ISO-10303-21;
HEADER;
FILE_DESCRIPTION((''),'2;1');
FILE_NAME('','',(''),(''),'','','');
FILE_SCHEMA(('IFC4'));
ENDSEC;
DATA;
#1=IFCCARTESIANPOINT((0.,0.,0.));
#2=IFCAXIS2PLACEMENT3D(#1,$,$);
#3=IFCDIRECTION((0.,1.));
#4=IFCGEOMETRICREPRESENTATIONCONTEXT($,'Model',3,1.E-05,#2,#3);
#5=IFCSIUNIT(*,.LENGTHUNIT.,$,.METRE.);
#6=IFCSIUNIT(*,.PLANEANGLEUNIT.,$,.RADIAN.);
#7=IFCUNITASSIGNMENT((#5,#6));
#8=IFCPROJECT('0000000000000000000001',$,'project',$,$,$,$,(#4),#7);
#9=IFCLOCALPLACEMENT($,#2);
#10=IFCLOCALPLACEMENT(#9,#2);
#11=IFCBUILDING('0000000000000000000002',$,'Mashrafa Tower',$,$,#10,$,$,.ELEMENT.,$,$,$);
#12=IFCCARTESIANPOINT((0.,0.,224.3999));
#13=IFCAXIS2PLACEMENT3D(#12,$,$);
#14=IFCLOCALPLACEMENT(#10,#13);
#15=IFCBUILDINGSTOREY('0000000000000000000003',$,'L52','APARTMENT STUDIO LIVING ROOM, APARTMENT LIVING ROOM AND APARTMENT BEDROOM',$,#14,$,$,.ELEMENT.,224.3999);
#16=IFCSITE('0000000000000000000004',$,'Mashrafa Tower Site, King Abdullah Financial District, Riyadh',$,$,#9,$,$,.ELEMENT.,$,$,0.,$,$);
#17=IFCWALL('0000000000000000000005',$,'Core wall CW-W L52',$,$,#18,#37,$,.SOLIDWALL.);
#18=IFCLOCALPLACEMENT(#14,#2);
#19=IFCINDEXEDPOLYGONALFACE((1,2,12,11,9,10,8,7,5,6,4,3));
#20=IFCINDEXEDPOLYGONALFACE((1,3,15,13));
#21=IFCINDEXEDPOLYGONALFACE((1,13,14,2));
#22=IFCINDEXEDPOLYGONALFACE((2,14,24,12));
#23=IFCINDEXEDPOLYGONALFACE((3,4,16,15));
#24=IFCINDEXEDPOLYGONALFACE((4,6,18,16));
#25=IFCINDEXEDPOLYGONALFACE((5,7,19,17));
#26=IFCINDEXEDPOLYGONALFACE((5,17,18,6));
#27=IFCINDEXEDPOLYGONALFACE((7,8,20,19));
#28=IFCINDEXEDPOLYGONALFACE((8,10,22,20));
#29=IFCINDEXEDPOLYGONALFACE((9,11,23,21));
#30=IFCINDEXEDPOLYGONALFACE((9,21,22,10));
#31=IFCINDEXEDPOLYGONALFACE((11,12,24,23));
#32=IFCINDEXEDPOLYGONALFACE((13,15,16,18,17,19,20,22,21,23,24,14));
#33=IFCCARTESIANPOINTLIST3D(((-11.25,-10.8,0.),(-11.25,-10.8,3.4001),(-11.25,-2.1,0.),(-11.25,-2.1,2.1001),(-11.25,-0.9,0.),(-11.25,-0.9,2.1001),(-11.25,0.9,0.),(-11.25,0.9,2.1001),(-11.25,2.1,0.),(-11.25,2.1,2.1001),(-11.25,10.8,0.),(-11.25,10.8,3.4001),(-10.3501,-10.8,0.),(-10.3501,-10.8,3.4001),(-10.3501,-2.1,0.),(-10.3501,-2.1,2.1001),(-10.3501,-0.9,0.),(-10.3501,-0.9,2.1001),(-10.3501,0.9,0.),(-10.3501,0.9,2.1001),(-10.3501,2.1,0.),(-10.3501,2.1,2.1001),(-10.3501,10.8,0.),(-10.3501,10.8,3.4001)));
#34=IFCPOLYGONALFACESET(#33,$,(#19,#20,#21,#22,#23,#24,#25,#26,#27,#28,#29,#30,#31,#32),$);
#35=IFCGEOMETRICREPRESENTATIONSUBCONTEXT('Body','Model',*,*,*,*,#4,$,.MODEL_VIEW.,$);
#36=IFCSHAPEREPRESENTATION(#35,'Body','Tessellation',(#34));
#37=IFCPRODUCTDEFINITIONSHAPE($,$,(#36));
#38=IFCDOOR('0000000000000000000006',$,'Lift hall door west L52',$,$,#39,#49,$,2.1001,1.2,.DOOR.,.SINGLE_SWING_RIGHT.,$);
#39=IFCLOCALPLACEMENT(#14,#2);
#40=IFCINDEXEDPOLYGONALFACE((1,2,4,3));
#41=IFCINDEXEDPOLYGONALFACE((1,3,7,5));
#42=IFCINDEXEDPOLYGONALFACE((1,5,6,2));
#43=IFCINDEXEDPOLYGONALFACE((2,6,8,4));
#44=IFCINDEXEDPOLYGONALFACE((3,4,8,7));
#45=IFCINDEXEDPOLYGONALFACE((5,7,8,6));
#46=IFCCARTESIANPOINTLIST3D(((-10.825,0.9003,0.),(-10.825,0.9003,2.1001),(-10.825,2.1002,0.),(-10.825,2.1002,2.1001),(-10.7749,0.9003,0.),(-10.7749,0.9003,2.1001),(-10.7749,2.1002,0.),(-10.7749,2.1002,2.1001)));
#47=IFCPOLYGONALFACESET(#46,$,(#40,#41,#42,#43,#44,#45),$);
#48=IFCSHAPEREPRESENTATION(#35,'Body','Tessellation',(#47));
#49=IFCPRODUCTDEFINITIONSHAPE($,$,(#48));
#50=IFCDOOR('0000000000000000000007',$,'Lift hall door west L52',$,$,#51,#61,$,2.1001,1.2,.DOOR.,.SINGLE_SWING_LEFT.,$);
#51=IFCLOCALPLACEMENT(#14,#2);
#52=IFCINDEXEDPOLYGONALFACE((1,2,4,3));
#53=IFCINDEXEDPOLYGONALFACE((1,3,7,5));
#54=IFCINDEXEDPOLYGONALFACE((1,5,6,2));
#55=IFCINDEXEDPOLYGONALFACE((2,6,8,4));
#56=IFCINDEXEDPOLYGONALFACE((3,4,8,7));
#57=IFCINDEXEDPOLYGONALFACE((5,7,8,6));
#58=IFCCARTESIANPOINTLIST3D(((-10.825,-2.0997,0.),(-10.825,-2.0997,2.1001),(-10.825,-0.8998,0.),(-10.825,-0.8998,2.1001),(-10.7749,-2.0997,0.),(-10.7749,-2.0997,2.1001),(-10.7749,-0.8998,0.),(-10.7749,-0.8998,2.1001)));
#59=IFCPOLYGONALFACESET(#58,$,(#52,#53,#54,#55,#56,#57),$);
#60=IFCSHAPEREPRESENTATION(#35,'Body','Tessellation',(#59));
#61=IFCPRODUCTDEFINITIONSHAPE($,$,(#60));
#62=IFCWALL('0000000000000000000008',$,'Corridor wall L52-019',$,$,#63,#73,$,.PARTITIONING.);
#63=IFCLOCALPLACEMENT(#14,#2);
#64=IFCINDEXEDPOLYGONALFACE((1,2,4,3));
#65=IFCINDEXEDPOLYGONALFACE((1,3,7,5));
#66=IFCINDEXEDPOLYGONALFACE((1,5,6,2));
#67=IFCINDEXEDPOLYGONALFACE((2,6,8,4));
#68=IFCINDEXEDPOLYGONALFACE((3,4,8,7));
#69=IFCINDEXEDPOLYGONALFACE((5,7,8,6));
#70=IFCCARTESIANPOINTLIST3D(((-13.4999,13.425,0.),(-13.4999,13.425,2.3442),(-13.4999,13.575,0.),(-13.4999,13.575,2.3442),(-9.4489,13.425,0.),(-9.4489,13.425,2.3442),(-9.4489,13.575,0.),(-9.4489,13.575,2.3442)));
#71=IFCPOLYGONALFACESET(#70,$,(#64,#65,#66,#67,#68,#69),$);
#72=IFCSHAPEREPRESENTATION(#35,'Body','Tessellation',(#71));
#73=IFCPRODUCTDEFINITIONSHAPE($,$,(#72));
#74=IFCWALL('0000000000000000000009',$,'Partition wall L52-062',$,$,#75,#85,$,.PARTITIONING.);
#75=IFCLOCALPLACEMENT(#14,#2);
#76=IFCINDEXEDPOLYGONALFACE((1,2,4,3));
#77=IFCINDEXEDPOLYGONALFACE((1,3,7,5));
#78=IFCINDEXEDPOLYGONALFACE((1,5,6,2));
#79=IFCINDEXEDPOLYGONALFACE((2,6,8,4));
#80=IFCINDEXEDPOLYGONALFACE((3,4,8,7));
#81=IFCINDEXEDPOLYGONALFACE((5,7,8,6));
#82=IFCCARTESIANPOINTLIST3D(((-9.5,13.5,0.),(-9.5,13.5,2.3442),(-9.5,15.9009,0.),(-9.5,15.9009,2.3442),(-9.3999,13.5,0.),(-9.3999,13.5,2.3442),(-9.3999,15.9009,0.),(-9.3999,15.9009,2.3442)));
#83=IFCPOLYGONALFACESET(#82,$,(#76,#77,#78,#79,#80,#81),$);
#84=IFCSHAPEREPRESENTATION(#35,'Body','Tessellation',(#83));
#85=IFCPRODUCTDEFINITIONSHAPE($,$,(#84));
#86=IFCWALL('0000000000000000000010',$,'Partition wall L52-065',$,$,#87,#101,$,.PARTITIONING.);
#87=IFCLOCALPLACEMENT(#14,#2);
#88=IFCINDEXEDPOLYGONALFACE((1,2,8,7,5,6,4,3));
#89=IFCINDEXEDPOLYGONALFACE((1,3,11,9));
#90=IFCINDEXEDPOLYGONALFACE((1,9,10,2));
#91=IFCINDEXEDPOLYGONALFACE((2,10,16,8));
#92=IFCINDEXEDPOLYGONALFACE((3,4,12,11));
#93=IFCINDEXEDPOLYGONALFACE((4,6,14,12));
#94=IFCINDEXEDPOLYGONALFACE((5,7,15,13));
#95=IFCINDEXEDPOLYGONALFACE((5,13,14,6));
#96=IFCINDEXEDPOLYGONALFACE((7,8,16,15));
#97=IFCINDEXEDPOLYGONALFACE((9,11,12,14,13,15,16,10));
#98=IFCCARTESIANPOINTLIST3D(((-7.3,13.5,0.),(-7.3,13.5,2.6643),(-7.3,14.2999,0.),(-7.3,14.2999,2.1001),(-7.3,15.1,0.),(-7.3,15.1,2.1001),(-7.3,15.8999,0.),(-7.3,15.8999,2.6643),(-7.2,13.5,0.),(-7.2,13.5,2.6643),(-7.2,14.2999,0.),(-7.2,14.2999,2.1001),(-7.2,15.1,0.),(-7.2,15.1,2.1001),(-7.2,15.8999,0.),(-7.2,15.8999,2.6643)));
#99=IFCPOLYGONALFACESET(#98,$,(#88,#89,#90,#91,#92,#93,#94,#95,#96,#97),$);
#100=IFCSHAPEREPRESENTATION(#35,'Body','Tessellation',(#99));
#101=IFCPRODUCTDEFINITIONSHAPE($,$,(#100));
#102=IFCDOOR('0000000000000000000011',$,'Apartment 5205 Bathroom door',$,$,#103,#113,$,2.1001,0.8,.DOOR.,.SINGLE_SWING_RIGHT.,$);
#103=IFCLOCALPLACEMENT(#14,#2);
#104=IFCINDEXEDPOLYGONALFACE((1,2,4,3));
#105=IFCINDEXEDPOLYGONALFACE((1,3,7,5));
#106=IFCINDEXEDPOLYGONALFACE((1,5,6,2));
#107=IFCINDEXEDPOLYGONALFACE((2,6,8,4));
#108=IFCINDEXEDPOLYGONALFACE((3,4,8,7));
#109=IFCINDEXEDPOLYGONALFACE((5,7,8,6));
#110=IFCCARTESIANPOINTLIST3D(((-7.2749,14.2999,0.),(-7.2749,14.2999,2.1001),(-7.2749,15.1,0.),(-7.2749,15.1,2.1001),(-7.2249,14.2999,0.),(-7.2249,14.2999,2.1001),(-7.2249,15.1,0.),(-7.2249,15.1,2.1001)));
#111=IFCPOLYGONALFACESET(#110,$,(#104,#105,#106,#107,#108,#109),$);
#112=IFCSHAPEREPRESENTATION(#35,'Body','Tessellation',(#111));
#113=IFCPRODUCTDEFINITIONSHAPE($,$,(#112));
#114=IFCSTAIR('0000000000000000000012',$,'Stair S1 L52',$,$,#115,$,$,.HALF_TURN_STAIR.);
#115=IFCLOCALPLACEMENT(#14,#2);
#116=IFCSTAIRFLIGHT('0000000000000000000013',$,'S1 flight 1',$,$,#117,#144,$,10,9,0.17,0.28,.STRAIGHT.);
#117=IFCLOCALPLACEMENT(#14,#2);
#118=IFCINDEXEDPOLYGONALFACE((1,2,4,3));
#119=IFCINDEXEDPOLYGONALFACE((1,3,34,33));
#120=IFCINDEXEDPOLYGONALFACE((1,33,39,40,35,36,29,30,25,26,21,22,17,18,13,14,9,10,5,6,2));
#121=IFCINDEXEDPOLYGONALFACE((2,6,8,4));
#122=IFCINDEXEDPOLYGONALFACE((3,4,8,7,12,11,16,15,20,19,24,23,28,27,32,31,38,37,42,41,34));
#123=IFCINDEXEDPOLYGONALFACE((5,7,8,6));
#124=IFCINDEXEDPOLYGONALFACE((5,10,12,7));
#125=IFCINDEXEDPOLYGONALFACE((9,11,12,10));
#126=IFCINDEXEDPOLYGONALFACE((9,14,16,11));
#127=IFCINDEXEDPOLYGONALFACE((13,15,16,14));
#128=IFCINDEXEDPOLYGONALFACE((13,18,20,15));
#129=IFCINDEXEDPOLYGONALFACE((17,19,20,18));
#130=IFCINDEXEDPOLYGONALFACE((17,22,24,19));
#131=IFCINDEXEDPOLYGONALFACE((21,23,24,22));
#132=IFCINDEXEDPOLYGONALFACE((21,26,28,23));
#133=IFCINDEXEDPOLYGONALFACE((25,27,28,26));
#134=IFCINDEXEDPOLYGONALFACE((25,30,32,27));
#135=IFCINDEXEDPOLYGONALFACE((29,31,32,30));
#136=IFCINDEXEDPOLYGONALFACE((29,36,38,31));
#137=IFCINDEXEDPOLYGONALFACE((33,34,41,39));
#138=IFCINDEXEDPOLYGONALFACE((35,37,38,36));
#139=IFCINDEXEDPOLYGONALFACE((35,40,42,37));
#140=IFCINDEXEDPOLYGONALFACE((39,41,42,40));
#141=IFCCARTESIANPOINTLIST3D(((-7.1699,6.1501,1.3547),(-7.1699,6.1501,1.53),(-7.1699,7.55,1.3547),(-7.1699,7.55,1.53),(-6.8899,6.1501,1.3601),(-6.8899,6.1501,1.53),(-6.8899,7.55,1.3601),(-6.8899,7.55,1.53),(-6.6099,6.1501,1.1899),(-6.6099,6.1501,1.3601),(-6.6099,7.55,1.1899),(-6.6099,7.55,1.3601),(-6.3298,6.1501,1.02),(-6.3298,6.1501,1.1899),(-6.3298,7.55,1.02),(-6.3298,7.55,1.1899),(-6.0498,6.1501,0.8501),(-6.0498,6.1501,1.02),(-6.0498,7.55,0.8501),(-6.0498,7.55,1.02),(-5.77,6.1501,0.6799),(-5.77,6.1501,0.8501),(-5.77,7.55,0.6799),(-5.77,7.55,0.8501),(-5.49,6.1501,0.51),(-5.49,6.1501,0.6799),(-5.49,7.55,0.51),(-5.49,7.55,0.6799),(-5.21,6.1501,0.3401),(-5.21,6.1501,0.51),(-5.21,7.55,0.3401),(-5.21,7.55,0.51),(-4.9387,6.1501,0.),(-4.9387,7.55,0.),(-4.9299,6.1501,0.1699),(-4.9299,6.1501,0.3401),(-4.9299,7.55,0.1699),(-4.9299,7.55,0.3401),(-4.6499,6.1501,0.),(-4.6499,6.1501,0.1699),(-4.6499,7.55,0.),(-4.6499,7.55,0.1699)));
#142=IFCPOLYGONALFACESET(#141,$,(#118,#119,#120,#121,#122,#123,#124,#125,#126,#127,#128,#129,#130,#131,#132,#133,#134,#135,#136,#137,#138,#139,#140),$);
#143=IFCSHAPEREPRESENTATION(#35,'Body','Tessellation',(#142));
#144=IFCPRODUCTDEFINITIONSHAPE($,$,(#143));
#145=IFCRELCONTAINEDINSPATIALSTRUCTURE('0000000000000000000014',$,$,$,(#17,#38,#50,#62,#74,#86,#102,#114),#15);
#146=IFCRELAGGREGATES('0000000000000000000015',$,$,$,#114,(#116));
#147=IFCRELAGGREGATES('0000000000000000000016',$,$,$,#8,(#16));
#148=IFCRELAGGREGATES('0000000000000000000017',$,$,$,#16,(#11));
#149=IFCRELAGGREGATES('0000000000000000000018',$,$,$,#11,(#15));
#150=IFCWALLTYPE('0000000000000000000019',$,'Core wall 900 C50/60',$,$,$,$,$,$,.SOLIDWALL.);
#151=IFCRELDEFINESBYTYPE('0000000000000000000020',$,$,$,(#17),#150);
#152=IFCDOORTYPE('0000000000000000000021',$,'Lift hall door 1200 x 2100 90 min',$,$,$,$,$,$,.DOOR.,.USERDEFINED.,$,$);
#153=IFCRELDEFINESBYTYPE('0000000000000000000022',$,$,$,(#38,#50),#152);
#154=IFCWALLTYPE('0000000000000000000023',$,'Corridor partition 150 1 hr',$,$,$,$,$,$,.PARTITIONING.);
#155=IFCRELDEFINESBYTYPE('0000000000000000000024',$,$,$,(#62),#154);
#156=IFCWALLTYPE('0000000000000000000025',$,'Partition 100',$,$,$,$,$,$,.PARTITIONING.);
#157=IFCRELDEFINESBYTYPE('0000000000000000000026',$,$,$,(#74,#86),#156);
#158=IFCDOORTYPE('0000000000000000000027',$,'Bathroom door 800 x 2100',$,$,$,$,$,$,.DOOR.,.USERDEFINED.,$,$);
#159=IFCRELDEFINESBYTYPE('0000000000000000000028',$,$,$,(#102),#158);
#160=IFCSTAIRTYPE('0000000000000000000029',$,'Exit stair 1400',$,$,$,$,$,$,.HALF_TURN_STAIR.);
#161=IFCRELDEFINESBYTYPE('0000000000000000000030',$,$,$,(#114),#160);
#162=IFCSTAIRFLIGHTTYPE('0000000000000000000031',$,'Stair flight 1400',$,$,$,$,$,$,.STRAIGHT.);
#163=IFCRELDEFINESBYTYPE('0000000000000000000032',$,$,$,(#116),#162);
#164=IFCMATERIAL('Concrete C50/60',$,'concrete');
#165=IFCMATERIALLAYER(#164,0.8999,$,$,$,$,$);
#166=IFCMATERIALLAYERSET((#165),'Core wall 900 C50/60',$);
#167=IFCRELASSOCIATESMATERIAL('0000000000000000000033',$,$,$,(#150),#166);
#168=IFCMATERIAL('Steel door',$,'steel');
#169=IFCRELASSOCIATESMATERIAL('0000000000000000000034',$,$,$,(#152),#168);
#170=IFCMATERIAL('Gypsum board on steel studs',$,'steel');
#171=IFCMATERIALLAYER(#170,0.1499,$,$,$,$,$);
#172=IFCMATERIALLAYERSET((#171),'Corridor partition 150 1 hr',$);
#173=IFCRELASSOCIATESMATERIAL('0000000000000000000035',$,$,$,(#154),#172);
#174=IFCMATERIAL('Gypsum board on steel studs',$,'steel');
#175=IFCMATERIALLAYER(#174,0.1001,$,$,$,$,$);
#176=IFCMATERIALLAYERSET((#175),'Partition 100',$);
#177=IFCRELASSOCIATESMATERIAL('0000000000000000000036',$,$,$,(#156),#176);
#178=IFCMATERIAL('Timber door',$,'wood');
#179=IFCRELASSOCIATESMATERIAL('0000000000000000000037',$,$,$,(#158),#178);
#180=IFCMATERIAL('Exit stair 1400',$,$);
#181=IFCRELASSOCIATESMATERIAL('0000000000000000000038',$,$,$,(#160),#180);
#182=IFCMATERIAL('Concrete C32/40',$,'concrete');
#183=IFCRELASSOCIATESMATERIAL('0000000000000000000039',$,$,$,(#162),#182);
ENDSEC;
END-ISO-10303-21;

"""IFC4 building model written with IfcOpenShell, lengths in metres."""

from ifc_helpers import new_model, si_unit, direction, frame, frame_2d, origin, place, context, subcontext, project, spatial, polyline, rectangle, outline, extrude, material, layer, layer_set, type_object, element, fill, aggregate, save


model = new_model("IFC4")

# Units and contexts
model_context = context("Model", 3, precision=1e-05, world=origin(), true_north=direction((0.0, 1.0)))
body_context = subcontext(model_context, "Body", "Model", "MODEL_VIEW")
ifc_project = project(units=[si_unit("LENGTHUNIT", "METRE"), si_unit("PLANEANGLEUNIT", "RADIAN")], contexts=[model_context])

# Site, building, storey
site_placement = place(None, origin())
site = spatial("IfcSite", under=ifc_project, at=site_placement, Name="Mashrafa Tower Site, King Abdullah Financial District, Riyadh", CompositionType="ELEMENT", RefElevation=0.0)
building_placement = place(site_placement, origin())
building = spatial("IfcBuilding", under=site, at=building_placement, Name="Mashrafa Tower", CompositionType="ELEMENT")
storey_placement = place(building_placement, frame((0.0, 0.0, 224.3999)))
storey = spatial("IfcBuildingStorey", under=building, at=storey_placement, Name="L52", Description="APARTMENT STUDIO LIVING ROOM, APARTMENT LIVING ROOM AND APARTMENT BEDROOM", CompositionType="ELEMENT", Elevation=224.3999)

# Wall, openings, doors
ifc_material_1 = material(Name="Concrete C50/60", Category="concrete")
ifc_layer_1 = layer(ifc_material_1, 0.8999)
ifc_layer_set_1 = layer_set([ifc_layer_1], Name="Core wall 900 C50/60")
wall_type_1 = type_object("IfcWallType", Name="Core wall 900 C50/60", PredefinedType="SOLIDWALL", material=ifc_layer_set_1)
wall_1_placement = place(storey_placement, frame((-10.8, 10.8, 0.0), z_axis=(0.0, 0.0, 1.0), x_axis=(0.0, -1.0, 0.0)))
wall_1 = element("IfcWall", 1, at=wall_1_placement, inside=storey, type_object=wall_type_1, Name="Core wall CW-W L52", PredefinedType="SOLIDWALL", context=body_context, shape_type="SweptSolid", body=[
    extrude(rectangle(XDim=21.6001, YDim=0.8999, at=frame_2d((10.8, 0.0))), origin(), (0.0, 0.0, 1.0), 3.4001),
])
opening_1_placement = place(wall_1_placement, frame((8.7, 0.0, 0.0)))
opening_1 = element("IfcOpeningElement", 2, at=opening_1_placement, cuts=wall_1, PredefinedType="OPENING", context=body_context, shape_type="SweptSolid", body=[
    extrude(rectangle(XDim=1.2, YDim=2.1001, at=frame_2d((0.6001, 1.05))), frame((0.0, 0.46, 0.0), z_axis=(0.0, -1.0, 0.0), x_axis=(1.0, 0.0, 0.0)), (0.0, 0.0, 1.0), 0.9199),
])
opening_2_placement = place(wall_1_placement, frame((11.7, 0.0, 0.0)))
opening_2 = element("IfcOpeningElement", 3, at=opening_2_placement, cuts=wall_1, PredefinedType="OPENING", context=body_context, shape_type="SweptSolid", body=[
    extrude(rectangle(XDim=1.2, YDim=2.1001, at=frame_2d((0.6001, 1.05))), frame((0.0, 0.46, 0.0), z_axis=(0.0, -1.0, 0.0), x_axis=(1.0, 0.0, 0.0)), (0.0, 0.0, 1.0), 0.9199),
])
ifc_material_2 = material(Name="Steel door", Category="steel")
door_type_1 = type_object("IfcDoorType", Name="Lift hall door 1200 x 2100 90 min", OperationType="USERDEFINED", PredefinedType="DOOR", material=ifc_material_2)
door_1_placement = place(opening_1_placement, frame((1.2, 0.0, 0.0), z_axis=(0.0, 0.0, 1.0), x_axis=(-1.0, 0.0, 0.0)))
door_1 = element("IfcDoor", 4, at=door_1_placement, inside=storey, type_object=door_type_1, Name="Lift hall door west L52", OperationType="SINGLE_SWING_RIGHT", OverallHeight=2.1001, OverallWidth=1.2, PredefinedType="DOOR", context=body_context, shape_type="SweptSolid", body=[
    extrude(rectangle(XDim=1.2, YDim=2.1001, at=frame_2d((0.6001, 1.05))), frame((0.0, 0.0249, 0.0), z_axis=(0.0, -1.0, 0.0), x_axis=(1.0, 0.0, 0.0)), (0.0, 0.0, 1.0), 0.05),
])
fill(opening_1, door_1)
door_2_placement = place(opening_2_placement, frame((1.2, 0.0, 0.0), z_axis=(0.0, 0.0, 1.0), x_axis=(-1.0, 0.0, 0.0)))
door_2 = element("IfcDoor", 5, at=door_2_placement, inside=storey, type_object=door_type_1, Name="Lift hall door west L52", OperationType="SINGLE_SWING_LEFT", OverallHeight=2.1001, OverallWidth=1.2, PredefinedType="DOOR", context=body_context, shape_type="SweptSolid", body=[
    extrude(rectangle(XDim=1.2, YDim=2.1001, at=frame_2d((0.6001, 1.05))), frame((0.0, 0.0249, 0.0), z_axis=(0.0, -1.0, 0.0), x_axis=(1.0, 0.0, 0.0)), (0.0, 0.0, 1.0), 0.05),
])
fill(opening_2, door_2)

# Walls
ifc_material_3 = material(Name="Gypsum board on steel studs", Category="steel")
ifc_layer_2 = layer(ifc_material_3, 0.1499)
ifc_layer_set_2 = layer_set([ifc_layer_2], Name="Corridor partition 150 1 hr")
wall_type_2 = type_object("IfcWallType", Name="Corridor partition 150 1 hr", PredefinedType="PARTITIONING", material=ifc_layer_set_2)
wall_2_placement = place(storey_placement, frame((-9.449, 13.5, 0.0), z_axis=(0.0, 0.0, 1.0), x_axis=(-1.0, 0.0, 0.0)))
element("IfcWall", 6, at=wall_2_placement, inside=storey, type_object=wall_type_2, Name="Corridor wall L52-019", PredefinedType="PARTITIONING", context=body_context, shape_type="SweptSolid", body=[
    extrude(rectangle(XDim=4.051, YDim=0.1499, at=frame_2d((2.0254, 0.0))), origin(), (0.0, 0.0, 1.0), 2.3442),
])
ifc_material_4 = material(Name="Gypsum board on steel studs", Category="steel")
ifc_layer_3 = layer(ifc_material_4, 0.1001)
ifc_layer_set_3 = layer_set([ifc_layer_3], Name="Partition 100")
wall_type_3 = type_object("IfcWallType", Name="Partition 100", PredefinedType="PARTITIONING", material=ifc_layer_set_3)
wall_3_placement = place(storey_placement, frame((-9.45, 13.5, 0.0), z_axis=(0.0, 0.0, 1.0), x_axis=(0.0, 1.0, 0.0)))
element("IfcWall", 7, at=wall_3_placement, inside=storey, type_object=wall_type_3, Name="Partition wall L52-062", PredefinedType="PARTITIONING", context=body_context, shape_type="SweptSolid", body=[
    extrude(rectangle(XDim=2.4009, YDim=0.1001, at=frame_2d((1.2004, 0.0))), origin(), (0.0, 0.0, 1.0), 2.3442),
])

# Wall, opening, door
wall_4_placement = place(storey_placement, frame((-7.25, 13.5, 0.0), z_axis=(0.0, 0.0, 1.0), x_axis=(0.0, 1.0, 0.0)))
wall_4 = element("IfcWall", 8, at=wall_4_placement, inside=storey, type_object=wall_type_3, Name="Partition wall L52-065", PredefinedType="PARTITIONING", context=body_context, shape_type="SweptSolid", body=[
    extrude(rectangle(XDim=2.3999, YDim=0.1001, at=frame_2d((1.2, 0.0))), origin(), (0.0, 0.0, 1.0), 2.6643),
])
opening_3_placement = place(wall_4_placement, frame((0.8, 0.0, 0.0)))
opening_3 = element("IfcOpeningElement", 9, at=opening_3_placement, cuts=wall_4, PredefinedType="OPENING", context=body_context, shape_type="SweptSolid", body=[
    extrude(rectangle(XDim=0.8, YDim=2.1001, at=frame_2d((0.3999, 1.05))), frame((0.0, 0.0601, 0.0), z_axis=(0.0, -1.0, 0.0), x_axis=(1.0, 0.0, 0.0)), (0.0, 0.0, 1.0), 0.1201),
])
ifc_material_5 = material(Name="Timber door", Category="wood")
door_type_2 = type_object("IfcDoorType", Name="Bathroom door 800 x 2100", OperationType="USERDEFINED", PredefinedType="DOOR", material=ifc_material_5)
door_3_placement = place(opening_3_placement, origin())
door_3 = element("IfcDoor", 10, at=door_3_placement, inside=storey, type_object=door_type_2, Name="Apartment 5205 Bathroom door", OperationType="SINGLE_SWING_RIGHT", OverallHeight=2.1001, OverallWidth=0.8, PredefinedType="DOOR", context=body_context, shape_type="SweptSolid", body=[
    extrude(rectangle(XDim=0.8, YDim=2.1001, at=frame_2d((0.3999, 1.05))), frame((0.0, 0.0249, 0.0), z_axis=(0.0, -1.0, 0.0), x_axis=(1.0, 0.0, 0.0)), (0.0, 0.0, 1.0), 0.05),
])
fill(opening_3, door_3)

# Stair, stair flight
ifc_material_6 = material(Name="Exit stair 1400")
stair_type = type_object("IfcStairType", Name="Exit stair 1400", PredefinedType="HALF_TURN_STAIR", material=ifc_material_6)
stair_placement = place(storey_placement, origin())
stair = element("IfcStair", 11, at=stair_placement, inside=storey, type_object=stair_type, Name="Stair S1 L52", PredefinedType="HALF_TURN_STAIR")
ifc_material_7 = material(Name="Concrete C32/40", Category="concrete")
stair_flight_type = type_object("IfcStairFlightType", Name="Stair flight 1400", PredefinedType="STRAIGHT", material=ifc_material_7)
stair_flight_1_placement = place(storey_placement, frame((-4.6499, 6.8501, 0.0), z_axis=(0.0, 0.0, 1.0), x_axis=(-1.0, 0.0, 0.0)))
stair_flight_1 = element("IfcStairFlight", 12, at=stair_flight_1_placement, type_object=stair_flight_type, Name="S1 flight 1", NumberOfRisers=10, NumberOfTreads=9, PredefinedType="STRAIGHT", RiserHeight=0.17, TreadLength=0.28, context=body_context, shape_type="SweptSolid", body=[
    extrude(outline(polyline([(0.0, 0.0), (0.0, 0.1699), (0.28, 0.1699), (0.28, 0.3401), (0.5601, 0.3401), (0.5601, 0.51), (0.8401, 0.51), (0.8401, 0.6799), (1.1201, 0.6799), (1.1201, 0.8501), (1.3999, 0.8501), (1.3999, 1.02), (1.6799, 1.02), (1.6799, 1.1899), (1.96, 1.1899), (1.96, 1.3601), (2.24, 1.3601), (2.24, 1.53), (2.52, 1.53), (2.52, 1.7), (2.52, 1.3547), (0.2888, 0.0), (0.0, 0.0)])), frame((0.0, 0.7, 0.0), z_axis=(0.0, -1.0, 0.0), x_axis=(1.0, 0.0, 0.0)), (0.0, 0.0, 1.0), 1.3999),
])
aggregate(stair, [stair_flight_1])

save(model, "model.ifc")
